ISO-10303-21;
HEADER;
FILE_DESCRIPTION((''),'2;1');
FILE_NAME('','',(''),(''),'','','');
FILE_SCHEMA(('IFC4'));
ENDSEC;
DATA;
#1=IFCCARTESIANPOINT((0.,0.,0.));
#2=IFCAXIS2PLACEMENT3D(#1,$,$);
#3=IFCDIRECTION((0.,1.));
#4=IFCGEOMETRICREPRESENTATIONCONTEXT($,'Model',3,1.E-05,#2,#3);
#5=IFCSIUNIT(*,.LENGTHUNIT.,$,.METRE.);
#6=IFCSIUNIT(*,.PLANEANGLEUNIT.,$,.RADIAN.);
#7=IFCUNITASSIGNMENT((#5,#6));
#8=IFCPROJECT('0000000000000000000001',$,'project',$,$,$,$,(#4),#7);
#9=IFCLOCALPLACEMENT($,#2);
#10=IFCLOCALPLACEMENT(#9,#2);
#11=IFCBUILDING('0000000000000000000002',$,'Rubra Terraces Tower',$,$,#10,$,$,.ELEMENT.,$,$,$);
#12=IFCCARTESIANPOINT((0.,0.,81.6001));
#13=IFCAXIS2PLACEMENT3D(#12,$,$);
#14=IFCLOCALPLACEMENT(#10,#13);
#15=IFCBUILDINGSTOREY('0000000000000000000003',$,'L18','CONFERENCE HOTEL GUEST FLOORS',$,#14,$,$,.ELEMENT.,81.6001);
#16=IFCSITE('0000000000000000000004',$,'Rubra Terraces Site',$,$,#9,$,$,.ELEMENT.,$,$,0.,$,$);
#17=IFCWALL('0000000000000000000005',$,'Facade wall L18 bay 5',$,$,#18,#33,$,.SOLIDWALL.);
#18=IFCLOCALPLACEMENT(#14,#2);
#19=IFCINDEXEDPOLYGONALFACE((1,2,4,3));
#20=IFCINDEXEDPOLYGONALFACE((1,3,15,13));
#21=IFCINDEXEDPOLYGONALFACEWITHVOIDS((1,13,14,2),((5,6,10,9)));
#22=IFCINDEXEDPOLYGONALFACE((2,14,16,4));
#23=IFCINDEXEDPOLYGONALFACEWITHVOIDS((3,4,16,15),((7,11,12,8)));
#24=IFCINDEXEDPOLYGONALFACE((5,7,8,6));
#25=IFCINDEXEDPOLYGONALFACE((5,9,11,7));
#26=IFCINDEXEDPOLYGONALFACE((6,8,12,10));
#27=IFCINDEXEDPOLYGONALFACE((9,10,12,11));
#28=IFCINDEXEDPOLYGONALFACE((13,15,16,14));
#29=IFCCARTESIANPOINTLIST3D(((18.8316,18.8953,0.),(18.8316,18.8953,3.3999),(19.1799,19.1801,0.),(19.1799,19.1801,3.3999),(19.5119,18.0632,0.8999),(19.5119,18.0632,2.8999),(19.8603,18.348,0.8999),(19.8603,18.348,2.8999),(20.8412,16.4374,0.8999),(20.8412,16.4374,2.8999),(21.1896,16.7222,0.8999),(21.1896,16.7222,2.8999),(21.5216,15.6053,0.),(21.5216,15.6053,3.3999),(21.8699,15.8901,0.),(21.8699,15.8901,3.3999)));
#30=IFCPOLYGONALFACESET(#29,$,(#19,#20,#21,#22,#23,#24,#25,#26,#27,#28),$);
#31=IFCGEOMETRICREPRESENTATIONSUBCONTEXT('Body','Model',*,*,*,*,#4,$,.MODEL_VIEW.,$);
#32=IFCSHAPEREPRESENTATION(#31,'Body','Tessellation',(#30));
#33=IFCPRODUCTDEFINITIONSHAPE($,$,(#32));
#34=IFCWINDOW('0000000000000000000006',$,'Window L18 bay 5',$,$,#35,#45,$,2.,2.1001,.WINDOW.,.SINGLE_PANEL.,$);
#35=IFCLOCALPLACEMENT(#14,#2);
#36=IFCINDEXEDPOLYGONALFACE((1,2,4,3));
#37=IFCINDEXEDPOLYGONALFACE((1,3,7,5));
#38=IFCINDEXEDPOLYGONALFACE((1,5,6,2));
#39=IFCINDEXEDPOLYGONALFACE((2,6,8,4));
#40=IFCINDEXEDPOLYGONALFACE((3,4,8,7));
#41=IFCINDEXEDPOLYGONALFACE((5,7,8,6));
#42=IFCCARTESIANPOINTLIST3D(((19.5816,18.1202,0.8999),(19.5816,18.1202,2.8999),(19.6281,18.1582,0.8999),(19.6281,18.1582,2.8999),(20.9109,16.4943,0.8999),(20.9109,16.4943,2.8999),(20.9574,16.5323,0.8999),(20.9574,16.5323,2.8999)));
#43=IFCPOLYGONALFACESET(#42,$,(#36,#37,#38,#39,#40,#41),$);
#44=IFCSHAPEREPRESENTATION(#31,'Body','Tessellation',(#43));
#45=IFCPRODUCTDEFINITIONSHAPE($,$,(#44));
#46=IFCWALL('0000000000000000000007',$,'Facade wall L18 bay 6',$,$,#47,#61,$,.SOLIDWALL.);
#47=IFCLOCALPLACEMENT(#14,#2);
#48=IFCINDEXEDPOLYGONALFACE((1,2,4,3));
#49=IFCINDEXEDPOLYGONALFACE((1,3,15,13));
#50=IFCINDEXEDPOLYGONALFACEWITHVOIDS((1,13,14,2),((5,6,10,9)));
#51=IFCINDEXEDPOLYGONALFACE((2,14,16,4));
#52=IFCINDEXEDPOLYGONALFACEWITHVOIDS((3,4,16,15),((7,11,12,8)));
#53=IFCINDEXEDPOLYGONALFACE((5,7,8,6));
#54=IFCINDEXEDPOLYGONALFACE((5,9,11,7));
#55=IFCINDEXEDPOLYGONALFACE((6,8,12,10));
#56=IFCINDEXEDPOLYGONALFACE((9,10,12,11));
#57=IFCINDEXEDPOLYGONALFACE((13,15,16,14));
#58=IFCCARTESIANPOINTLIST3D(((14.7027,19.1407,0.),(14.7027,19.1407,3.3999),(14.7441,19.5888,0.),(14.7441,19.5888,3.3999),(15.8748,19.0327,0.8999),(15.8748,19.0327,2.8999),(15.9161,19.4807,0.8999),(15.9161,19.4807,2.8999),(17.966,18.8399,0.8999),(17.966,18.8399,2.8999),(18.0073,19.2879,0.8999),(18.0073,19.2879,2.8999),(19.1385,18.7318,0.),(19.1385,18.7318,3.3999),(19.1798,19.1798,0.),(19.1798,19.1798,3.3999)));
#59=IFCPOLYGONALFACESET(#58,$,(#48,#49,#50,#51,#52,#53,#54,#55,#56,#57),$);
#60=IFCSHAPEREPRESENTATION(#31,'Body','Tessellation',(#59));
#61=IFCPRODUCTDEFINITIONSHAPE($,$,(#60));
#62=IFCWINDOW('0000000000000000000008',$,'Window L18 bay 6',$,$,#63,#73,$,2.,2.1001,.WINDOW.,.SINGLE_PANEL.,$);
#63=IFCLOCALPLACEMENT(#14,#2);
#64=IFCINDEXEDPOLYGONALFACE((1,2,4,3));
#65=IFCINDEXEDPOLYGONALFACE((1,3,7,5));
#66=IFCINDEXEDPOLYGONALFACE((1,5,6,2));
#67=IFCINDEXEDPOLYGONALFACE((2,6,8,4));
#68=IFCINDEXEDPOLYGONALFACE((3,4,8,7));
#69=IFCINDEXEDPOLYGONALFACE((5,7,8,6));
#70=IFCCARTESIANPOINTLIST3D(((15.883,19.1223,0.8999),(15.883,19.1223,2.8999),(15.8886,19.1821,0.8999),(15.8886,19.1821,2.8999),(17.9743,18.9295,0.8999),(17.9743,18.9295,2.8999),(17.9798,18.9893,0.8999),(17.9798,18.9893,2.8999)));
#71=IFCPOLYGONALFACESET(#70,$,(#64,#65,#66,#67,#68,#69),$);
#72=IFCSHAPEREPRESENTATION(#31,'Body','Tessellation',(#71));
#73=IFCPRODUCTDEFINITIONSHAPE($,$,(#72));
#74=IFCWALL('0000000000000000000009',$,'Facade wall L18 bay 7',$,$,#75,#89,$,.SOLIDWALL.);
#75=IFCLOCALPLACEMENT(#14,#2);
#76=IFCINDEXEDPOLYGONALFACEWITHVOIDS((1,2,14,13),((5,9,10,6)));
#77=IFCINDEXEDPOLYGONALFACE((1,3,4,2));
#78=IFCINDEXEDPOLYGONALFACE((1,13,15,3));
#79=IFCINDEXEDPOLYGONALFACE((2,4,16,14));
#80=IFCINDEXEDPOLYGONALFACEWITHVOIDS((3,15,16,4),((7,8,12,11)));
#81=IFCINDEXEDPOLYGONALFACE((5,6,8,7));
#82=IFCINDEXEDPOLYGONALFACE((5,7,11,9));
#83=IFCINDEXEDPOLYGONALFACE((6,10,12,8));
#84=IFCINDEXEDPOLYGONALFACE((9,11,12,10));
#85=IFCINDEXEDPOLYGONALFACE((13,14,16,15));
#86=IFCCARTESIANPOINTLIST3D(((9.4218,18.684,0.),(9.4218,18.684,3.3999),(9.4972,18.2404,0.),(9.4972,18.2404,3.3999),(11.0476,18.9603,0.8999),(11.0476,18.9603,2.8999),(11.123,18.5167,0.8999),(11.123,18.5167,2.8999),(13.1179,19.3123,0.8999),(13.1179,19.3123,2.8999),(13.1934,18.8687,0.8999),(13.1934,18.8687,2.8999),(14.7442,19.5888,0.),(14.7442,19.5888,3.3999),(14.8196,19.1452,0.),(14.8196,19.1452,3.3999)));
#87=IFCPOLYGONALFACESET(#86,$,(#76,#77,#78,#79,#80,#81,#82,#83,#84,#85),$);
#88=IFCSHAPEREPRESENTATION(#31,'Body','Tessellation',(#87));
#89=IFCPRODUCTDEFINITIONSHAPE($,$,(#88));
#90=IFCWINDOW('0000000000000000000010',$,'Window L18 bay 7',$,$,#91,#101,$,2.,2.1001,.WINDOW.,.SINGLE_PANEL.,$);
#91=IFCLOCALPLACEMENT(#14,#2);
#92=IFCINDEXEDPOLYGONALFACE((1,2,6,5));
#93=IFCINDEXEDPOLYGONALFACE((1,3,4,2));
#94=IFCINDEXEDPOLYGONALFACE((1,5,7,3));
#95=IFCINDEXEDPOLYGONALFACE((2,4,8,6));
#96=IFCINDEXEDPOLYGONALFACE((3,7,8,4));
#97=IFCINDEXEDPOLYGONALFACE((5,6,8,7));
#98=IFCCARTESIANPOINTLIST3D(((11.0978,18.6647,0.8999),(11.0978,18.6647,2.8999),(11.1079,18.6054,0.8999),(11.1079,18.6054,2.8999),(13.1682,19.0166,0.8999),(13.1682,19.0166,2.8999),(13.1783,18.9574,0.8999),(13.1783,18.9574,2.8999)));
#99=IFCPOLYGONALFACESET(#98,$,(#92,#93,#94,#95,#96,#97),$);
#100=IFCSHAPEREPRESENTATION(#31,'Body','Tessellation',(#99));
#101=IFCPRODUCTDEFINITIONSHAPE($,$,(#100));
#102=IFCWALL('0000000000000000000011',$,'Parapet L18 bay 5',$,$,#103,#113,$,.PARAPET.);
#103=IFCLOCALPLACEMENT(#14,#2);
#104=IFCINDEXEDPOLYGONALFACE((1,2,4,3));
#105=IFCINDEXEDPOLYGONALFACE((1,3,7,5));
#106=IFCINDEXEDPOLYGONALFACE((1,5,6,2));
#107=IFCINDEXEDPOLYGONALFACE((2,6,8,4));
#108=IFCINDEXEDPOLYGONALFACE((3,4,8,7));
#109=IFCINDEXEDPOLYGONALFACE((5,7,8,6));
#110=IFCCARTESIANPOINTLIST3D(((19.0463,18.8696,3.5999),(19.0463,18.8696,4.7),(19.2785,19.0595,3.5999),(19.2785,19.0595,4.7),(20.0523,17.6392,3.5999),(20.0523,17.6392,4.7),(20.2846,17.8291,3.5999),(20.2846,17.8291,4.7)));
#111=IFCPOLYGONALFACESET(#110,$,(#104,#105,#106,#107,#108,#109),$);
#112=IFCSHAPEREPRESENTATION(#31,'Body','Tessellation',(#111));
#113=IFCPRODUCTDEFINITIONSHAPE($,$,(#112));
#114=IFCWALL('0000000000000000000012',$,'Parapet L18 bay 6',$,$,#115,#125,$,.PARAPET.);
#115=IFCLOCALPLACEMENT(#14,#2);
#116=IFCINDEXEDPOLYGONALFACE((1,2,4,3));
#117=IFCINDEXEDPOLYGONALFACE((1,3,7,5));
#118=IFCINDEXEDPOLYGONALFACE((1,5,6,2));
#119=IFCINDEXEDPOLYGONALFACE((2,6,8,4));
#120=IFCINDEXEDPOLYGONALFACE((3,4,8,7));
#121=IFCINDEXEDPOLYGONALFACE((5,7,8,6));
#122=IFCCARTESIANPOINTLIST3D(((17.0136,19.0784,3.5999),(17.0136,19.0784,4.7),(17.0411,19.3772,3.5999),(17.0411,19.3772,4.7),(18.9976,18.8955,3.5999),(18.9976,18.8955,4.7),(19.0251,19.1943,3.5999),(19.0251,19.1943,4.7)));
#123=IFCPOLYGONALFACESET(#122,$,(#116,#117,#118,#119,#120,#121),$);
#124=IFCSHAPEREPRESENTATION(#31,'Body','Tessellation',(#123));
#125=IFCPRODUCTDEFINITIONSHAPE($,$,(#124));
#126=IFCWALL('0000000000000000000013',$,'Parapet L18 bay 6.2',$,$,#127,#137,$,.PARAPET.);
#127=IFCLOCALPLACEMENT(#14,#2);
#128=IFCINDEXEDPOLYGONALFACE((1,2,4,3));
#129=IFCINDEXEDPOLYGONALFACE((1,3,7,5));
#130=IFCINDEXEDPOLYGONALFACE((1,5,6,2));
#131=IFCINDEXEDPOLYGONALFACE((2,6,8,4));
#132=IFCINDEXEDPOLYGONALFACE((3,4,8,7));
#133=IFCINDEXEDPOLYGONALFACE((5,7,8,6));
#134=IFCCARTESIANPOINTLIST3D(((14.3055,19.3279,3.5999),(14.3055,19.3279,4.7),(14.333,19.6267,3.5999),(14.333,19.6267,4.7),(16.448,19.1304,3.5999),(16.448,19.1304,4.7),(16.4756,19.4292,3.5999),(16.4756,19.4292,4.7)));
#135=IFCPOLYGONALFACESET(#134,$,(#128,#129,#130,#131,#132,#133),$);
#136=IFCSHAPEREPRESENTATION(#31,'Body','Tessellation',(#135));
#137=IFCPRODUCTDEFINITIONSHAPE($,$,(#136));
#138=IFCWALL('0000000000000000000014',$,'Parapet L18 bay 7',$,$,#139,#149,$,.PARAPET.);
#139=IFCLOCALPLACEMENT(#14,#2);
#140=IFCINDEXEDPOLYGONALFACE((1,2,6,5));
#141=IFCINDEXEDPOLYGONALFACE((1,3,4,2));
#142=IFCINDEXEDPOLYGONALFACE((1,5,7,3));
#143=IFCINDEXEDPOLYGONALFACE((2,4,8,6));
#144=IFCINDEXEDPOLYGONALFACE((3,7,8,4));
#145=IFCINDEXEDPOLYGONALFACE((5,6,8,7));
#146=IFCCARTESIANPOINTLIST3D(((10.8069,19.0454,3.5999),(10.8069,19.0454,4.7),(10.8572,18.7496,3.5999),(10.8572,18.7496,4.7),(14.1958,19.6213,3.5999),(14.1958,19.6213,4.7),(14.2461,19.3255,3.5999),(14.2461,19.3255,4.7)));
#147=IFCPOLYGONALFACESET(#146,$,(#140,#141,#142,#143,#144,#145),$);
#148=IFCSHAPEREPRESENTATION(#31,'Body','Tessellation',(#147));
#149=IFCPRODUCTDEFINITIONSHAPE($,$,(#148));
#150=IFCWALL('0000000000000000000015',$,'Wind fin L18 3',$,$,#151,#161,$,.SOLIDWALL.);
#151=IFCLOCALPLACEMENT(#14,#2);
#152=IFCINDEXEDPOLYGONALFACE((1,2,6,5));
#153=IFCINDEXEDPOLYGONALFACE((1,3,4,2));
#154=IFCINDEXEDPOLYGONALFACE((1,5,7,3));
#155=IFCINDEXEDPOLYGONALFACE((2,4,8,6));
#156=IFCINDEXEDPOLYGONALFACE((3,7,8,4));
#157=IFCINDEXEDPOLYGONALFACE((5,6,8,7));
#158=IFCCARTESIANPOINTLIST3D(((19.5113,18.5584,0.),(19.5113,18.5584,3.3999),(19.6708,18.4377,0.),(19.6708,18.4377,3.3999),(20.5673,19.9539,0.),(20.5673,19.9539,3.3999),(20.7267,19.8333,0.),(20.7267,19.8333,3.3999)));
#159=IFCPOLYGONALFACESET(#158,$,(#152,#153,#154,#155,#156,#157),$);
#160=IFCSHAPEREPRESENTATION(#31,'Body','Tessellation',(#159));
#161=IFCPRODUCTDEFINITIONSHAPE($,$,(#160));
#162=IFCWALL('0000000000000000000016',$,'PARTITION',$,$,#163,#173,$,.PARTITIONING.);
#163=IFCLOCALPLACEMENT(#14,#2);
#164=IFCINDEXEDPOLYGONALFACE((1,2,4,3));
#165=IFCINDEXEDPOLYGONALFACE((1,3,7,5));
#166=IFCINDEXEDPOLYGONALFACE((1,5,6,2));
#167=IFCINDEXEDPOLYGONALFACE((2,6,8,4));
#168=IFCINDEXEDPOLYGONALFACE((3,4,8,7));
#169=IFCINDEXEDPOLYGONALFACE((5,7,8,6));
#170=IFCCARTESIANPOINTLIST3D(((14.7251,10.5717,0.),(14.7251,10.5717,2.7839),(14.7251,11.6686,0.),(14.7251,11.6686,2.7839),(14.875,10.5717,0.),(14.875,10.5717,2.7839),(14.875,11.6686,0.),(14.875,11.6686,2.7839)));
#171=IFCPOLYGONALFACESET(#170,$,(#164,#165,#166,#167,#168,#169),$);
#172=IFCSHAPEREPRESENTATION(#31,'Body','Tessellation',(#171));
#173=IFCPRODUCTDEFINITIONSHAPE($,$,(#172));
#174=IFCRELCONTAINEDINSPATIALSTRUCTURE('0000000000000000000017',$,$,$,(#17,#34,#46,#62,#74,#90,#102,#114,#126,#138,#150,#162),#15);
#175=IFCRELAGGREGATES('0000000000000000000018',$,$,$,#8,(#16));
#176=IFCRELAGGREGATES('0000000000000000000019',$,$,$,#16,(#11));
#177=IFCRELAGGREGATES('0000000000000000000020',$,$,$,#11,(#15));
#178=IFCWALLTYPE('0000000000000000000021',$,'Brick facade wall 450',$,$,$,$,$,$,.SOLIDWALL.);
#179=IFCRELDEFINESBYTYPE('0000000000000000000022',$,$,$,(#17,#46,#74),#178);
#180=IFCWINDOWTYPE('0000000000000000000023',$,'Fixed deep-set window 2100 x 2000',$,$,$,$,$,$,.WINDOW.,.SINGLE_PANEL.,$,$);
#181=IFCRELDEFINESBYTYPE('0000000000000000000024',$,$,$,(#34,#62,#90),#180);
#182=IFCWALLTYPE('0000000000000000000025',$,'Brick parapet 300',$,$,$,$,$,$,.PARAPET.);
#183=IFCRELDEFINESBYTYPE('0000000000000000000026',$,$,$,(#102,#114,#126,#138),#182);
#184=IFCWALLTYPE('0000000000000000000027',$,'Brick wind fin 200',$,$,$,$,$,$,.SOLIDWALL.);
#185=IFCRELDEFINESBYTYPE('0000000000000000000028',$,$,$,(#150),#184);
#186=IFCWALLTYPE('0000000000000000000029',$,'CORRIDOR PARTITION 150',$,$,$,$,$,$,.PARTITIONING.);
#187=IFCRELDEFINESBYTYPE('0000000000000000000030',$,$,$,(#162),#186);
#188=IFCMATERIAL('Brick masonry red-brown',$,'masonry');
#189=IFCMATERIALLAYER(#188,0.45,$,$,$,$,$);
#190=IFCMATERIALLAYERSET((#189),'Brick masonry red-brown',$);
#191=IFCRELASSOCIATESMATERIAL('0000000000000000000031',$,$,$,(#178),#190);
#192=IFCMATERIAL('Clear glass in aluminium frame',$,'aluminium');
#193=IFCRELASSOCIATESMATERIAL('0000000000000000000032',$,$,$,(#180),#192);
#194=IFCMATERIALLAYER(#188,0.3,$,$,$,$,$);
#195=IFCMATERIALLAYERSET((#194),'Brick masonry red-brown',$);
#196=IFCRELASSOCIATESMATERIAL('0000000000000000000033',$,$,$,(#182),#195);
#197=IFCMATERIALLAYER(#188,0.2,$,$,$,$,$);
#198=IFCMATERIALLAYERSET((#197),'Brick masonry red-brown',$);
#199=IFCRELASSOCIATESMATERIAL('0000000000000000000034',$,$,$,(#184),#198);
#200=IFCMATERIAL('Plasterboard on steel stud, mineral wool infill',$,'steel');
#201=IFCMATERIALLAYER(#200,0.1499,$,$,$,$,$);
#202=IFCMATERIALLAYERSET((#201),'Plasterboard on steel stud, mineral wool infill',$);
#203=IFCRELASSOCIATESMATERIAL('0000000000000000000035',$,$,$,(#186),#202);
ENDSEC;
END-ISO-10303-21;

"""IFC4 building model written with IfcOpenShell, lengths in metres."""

from ifc_helpers import new_model, si_unit, direction, frame, frame_2d, origin, place, context, subcontext, project, spatial, rectangle, extrude, material, layer, layer_set, type_object, element, fill, save


model = new_model("IFC4")

# Units and contexts
model_context = context("Model", 3, precision=1e-05, world=origin(), true_north=direction((0.0, 1.0)))
body_context = subcontext(model_context, "Body", "Model", "MODEL_VIEW")
ifc_project = project(units=[si_unit("LENGTHUNIT", "METRE"), si_unit("PLANEANGLEUNIT", "RADIAN")], contexts=[model_context])

# Site, building, storey
site_placement = place(None, origin())
site = spatial("IfcSite", under=ifc_project, at=site_placement, Name="Rubra Terraces Site", CompositionType="ELEMENT", RefElevation=0.0)
building_placement = place(site_placement, origin())
building = spatial("IfcBuilding", under=site, at=building_placement, Name="Rubra Terraces Tower", CompositionType="ELEMENT")
storey_placement = place(building_placement, frame((0.0, 0.0, 81.6001)))
storey = spatial("IfcBuildingStorey", under=building, at=storey_placement, Name="L18", Description="CONFERENCE HOTEL GUEST FLOORS", CompositionType="ELEMENT", Elevation=81.6001)

# Walls, openings, windows
ifc_material_1 = material(Name="Brick masonry red-brown", Category="masonry")
ifc_layer_1 = layer(ifc_material_1, 0.45)
ifc_layer_set_1 = layer_set([ifc_layer_1], Name="Brick masonry red-brown")
wall_type_1 = type_object("IfcWallType", Name="Brick facade wall 450", PredefinedType="SOLIDWALL", material=ifc_layer_set_1)
ifc_material_2 = material(Name="Clear glass in aluminium frame", Category="aluminium")
window_type = type_object("IfcWindowType", Name="Fixed deep-set window 2100 x 2000", PartitioningType="SINGLE_PANEL", PredefinedType="WINDOW", material=ifc_material_2)
wall_1_placement = place(storey_placement, frame((21.6958, 15.7476, 0.0), z_axis=(0.0, 0.0, 1.0), x_axis=(-0.632969, 0.774177, 0.0)))
wall_1 = element("IfcWall", 1, at=wall_1_placement, inside=storey, type_object=wall_type_1, Name="Facade wall L18 bay 5", PredefinedType="SOLIDWALL", context=body_context, shape_type="SweptSolid", body=[
    extrude(rectangle(XDim=4.2498, YDim=0.45, at=frame_2d((2.125, 0.0))), origin(), (0.0, 0.0, 1.0), 3.3999),
])
opening_1_placement = place(wall_1_placement, frame((1.075, 0.0, 0.8999)))
opening_1 = element("IfcOpeningElement", 2, at=opening_1_placement, cuts=wall_1, PredefinedType="OPENING", context=body_context, shape_type="SweptSolid", body=[
    extrude(rectangle(XDim=2.1001, YDim=2.0, at=frame_2d((1.05, 1.0))), frame((0.0, 0.2349, 0.0), z_axis=(0.0, -1.0, 0.0), x_axis=(1.0, 0.0, 0.0)), (0.0, 0.0, 1.0), 0.47),
])
window_1_placement = place(opening_1_placement, origin())
window_1 = element("IfcWindow", 3, at=window_1_placement, inside=storey, type_object=window_type, Name="Window L18 bay 5", OverallHeight=2.0, OverallWidth=2.1001, PartitioningType="SINGLE_PANEL", PredefinedType="WINDOW", context=body_context, shape_type="SweptSolid", body=[
    extrude(rectangle(XDim=2.1001, YDim=2.0, at=frame_2d((1.05, 1.0))), frame((0.0, 0.135, 0.0), z_axis=(0.0, -1.0, 0.0), x_axis=(1.0, 0.0, 0.0)), (0.0, 0.0, 1.0), 0.0601),
])
fill(opening_1, window_1)
wall_2_placement = place(storey_placement, frame((19.1592, 18.9558, 0.0), z_axis=(0.0, 0.0, 1.0), x_axis=(-0.995777, 0.091801, 0.0)))
wall_2 = element("IfcWall", 4, at=wall_2_placement, inside=storey, type_object=wall_type_1, Name="Facade wall L18 bay 6", PredefinedType="SOLIDWALL", context=body_context, shape_type="SweptSolid", body=[
    extrude(rectangle(XDim=4.4546, YDim=0.45, at=frame_2d((2.2273, 0.0))), origin(), (0.0, 0.0, 1.0), 3.3999),
])
opening_2_placement = place(wall_2_placement, frame((1.1775, 0.0, 0.8999)))
opening_2 = element("IfcOpeningElement", 5, at=opening_2_placement, cuts=wall_2, PredefinedType="OPENING", context=body_context, shape_type="SweptSolid", body=[
    extrude(rectangle(XDim=2.1001, YDim=2.0, at=frame_2d((1.05, 1.0))), frame((0.0, 0.2349, 0.0), z_axis=(0.0, -1.0, 0.0), x_axis=(1.0, 0.0, 0.0)), (0.0, 0.0, 1.0), 0.47),
])
window_2_placement = place(opening_2_placement, origin())
window_2 = element("IfcWindow", 6, at=window_2_placement, inside=storey, type_object=window_type, Name="Window L18 bay 6", OverallHeight=2.0, OverallWidth=2.1001, PartitioningType="SINGLE_PANEL", PredefinedType="WINDOW", context=body_context, shape_type="SweptSolid", body=[
    extrude(rectangle(XDim=2.1001, YDim=2.0, at=frame_2d((1.05, 1.0))), frame((0.0, 0.135, 0.0), z_axis=(0.0, -1.0, 0.0), x_axis=(1.0, 0.0, 0.0)), (0.0, 0.0, 1.0), 0.0601),
])
fill(opening_2, window_2)
wall_3_placement = place(storey_placement, frame((14.7817, 19.3669, 0.0), z_axis=(0.0, 0.0, 1.0), x_axis=(-0.985856, -0.167595, 0.0)))
wall_3 = element("IfcWall", 7, at=wall_3_placement, inside=storey, type_object=wall_type_1, Name="Facade wall L18 bay 7", PredefinedType="SOLIDWALL", context=body_context, shape_type="SweptSolid", body=[
    extrude(rectangle(XDim=5.3987, YDim=0.45, at=frame_2d((2.6992, 0.0))), origin(), (0.0, 0.0, 1.0), 3.3999),
])
opening_3_placement = place(wall_3_placement, frame((1.6494, 0.0, 0.8999)))
opening_3 = element("IfcOpeningElement", 8, at=opening_3_placement, cuts=wall_3, PredefinedType="OPENING", context=body_context, shape_type="SweptSolid", body=[
    extrude(rectangle(XDim=2.1001, YDim=2.0, at=frame_2d((1.05, 1.0))), frame((0.0, 0.2349, 0.0), z_axis=(0.0, -1.0, 0.0), x_axis=(1.0, 0.0, 0.0)), (0.0, 0.0, 1.0), 0.47),
])
window_3_placement = place(opening_3_placement, origin())
window_3 = element("IfcWindow", 9, at=window_3_placement, inside=storey, type_object=window_type, Name="Window L18 bay 7", OverallHeight=2.0, OverallWidth=2.1001, PartitioningType="SINGLE_PANEL", PredefinedType="WINDOW", context=body_context, shape_type="SweptSolid", body=[
    extrude(rectangle(XDim=2.1001, YDim=2.0, at=frame_2d((1.05, 1.0))), frame((0.0, 0.135, 0.0), z_axis=(0.0, -1.0, 0.0), x_axis=(1.0, 0.0, 0.0)), (0.0, 0.0, 1.0), 0.0601),
])
fill(opening_3, window_3)

# Walls
ifc_layer_2 = layer(ifc_material_1, 0.3)
ifc_layer_set_2 = layer_set([ifc_layer_2], Name="Brick masonry red-brown")
wall_type_2 = type_object("IfcWallType", Name="Brick parapet 300", PredefinedType="PARAPET", material=ifc_layer_set_2)
wall_4_placement = place(storey_placement, frame((20.1685, 17.7341, 3.5999), z_axis=(0.0, 0.0, 1.0), x_axis=(-0.632995, 0.774156, 0.0)))
element("IfcWall", 10, at=wall_4_placement, inside=storey, type_object=wall_type_2, Name="Parapet L18 bay 5", PredefinedType="PARAPET", context=body_context, shape_type="SweptSolid", body=[
    extrude(rectangle(XDim=1.5894, YDim=0.3, at=frame_2d((0.7947, 0.0))), origin(), (0.0, 0.0, 1.0), 1.1001),
])
wall_5_placement = place(storey_placement, frame((19.0112, 19.0449, 3.5999), z_axis=(0.0, 0.0, 1.0), x_axis=(-0.99578, 0.091773, 0.0)))
element("IfcWall", 11, at=wall_5_placement, inside=storey, type_object=wall_type_2, Name="Parapet L18 bay 6", PredefinedType="PARAPET", context=body_context, shape_type="SweptSolid", body=[
    extrude(rectangle(XDim=1.9924, YDim=0.3, at=frame_2d((0.9961, 0.0))), origin(), (0.0, 0.0, 1.0), 1.1001),
])
wall_6_placement = place(storey_placement, frame((16.4617, 19.2798, 3.5999), z_axis=(0.0, 0.0, 1.0), x_axis=(-0.995778, 0.091794, 0.0)))
element("IfcWall", 12, at=wall_6_placement, inside=storey, type_object=wall_type_2, Name="Parapet L18 bay 6.2", PredefinedType="PARAPET", context=body_context, shape_type="SweptSolid", body=[
    extrude(rectangle(XDim=2.1516, YDim=0.3, at=frame_2d((1.0757, 0.0))), origin(), (0.0, 0.0, 1.0), 1.1001),
])
wall_7_placement = place(storey_placement, frame((14.2209, 19.4734, 3.5999), z_axis=(0.0, 0.0, 1.0), x_axis=(-0.985865, -0.167542, 0.0)))
element("IfcWall", 13, at=wall_7_placement, inside=storey, type_object=wall_type_2, Name="Parapet L18 bay 7", PredefinedType="PARAPET", context=body_context, shape_type="SweptSolid", body=[
    extrude(rectangle(XDim=3.4375, YDim=0.3, at=frame_2d((1.7188, 0.0))), origin(), (0.0, 0.0, 1.0), 1.1001),
])
ifc_layer_3 = layer(ifc_material_1, 0.2)
ifc_layer_set_3 = layer_set([ifc_layer_3], Name="Brick masonry red-brown")
wall_type_3 = type_object("IfcWallType", Name="Brick wind fin 200", PredefinedType="SOLIDWALL", material=ifc_layer_set_3)
wall_8_placement = place(storey_placement, frame((19.5911, 18.498, 0.0), z_axis=(0.0, 0.0, 1.0), x_axis=(0.603388, 0.797448, 0.0)))
element("IfcWall", 14, at=wall_8_placement, inside=storey, type_object=wall_type_3, Name="Wind fin L18 3", PredefinedType="SOLIDWALL", context=body_context, shape_type="SweptSolid", body=[
    extrude(rectangle(XDim=1.75, YDim=0.2, at=frame_2d((0.875, 0.0))), origin(), (0.0, 0.0, 1.0), 3.3999),
])
ifc_material_3 = material(Name="Plasterboard on steel stud, mineral wool infill", Category="steel")
ifc_layer_4 = layer(ifc_material_3, 0.1499)
ifc_layer_set_4 = layer_set([ifc_layer_4], Name="Plasterboard on steel stud, mineral wool infill")
wall_type_4 = type_object("IfcWallType", Name="CORRIDOR PARTITION 150", PredefinedType="PARTITIONING", material=ifc_layer_set_4)
wall_9_placement = place(storey_placement, frame((14.8, 10.5718, 0.0), z_axis=(0.0, 0.0, 1.0), x_axis=(0.0, 1.0, 0.0)))
element("IfcWall", 15, at=wall_9_placement, inside=storey, type_object=wall_type_4, Name="PARTITION", PredefinedType="PARTITIONING", context=body_context, shape_type="SweptSolid", body=[
    extrude(rectangle(XDim=1.0969, YDim=0.1499, at=frame_2d((0.5483, 0.0))), origin(), (0.0, 0.0, 1.0), 2.7839),
])

save(model, "model.ifc")
